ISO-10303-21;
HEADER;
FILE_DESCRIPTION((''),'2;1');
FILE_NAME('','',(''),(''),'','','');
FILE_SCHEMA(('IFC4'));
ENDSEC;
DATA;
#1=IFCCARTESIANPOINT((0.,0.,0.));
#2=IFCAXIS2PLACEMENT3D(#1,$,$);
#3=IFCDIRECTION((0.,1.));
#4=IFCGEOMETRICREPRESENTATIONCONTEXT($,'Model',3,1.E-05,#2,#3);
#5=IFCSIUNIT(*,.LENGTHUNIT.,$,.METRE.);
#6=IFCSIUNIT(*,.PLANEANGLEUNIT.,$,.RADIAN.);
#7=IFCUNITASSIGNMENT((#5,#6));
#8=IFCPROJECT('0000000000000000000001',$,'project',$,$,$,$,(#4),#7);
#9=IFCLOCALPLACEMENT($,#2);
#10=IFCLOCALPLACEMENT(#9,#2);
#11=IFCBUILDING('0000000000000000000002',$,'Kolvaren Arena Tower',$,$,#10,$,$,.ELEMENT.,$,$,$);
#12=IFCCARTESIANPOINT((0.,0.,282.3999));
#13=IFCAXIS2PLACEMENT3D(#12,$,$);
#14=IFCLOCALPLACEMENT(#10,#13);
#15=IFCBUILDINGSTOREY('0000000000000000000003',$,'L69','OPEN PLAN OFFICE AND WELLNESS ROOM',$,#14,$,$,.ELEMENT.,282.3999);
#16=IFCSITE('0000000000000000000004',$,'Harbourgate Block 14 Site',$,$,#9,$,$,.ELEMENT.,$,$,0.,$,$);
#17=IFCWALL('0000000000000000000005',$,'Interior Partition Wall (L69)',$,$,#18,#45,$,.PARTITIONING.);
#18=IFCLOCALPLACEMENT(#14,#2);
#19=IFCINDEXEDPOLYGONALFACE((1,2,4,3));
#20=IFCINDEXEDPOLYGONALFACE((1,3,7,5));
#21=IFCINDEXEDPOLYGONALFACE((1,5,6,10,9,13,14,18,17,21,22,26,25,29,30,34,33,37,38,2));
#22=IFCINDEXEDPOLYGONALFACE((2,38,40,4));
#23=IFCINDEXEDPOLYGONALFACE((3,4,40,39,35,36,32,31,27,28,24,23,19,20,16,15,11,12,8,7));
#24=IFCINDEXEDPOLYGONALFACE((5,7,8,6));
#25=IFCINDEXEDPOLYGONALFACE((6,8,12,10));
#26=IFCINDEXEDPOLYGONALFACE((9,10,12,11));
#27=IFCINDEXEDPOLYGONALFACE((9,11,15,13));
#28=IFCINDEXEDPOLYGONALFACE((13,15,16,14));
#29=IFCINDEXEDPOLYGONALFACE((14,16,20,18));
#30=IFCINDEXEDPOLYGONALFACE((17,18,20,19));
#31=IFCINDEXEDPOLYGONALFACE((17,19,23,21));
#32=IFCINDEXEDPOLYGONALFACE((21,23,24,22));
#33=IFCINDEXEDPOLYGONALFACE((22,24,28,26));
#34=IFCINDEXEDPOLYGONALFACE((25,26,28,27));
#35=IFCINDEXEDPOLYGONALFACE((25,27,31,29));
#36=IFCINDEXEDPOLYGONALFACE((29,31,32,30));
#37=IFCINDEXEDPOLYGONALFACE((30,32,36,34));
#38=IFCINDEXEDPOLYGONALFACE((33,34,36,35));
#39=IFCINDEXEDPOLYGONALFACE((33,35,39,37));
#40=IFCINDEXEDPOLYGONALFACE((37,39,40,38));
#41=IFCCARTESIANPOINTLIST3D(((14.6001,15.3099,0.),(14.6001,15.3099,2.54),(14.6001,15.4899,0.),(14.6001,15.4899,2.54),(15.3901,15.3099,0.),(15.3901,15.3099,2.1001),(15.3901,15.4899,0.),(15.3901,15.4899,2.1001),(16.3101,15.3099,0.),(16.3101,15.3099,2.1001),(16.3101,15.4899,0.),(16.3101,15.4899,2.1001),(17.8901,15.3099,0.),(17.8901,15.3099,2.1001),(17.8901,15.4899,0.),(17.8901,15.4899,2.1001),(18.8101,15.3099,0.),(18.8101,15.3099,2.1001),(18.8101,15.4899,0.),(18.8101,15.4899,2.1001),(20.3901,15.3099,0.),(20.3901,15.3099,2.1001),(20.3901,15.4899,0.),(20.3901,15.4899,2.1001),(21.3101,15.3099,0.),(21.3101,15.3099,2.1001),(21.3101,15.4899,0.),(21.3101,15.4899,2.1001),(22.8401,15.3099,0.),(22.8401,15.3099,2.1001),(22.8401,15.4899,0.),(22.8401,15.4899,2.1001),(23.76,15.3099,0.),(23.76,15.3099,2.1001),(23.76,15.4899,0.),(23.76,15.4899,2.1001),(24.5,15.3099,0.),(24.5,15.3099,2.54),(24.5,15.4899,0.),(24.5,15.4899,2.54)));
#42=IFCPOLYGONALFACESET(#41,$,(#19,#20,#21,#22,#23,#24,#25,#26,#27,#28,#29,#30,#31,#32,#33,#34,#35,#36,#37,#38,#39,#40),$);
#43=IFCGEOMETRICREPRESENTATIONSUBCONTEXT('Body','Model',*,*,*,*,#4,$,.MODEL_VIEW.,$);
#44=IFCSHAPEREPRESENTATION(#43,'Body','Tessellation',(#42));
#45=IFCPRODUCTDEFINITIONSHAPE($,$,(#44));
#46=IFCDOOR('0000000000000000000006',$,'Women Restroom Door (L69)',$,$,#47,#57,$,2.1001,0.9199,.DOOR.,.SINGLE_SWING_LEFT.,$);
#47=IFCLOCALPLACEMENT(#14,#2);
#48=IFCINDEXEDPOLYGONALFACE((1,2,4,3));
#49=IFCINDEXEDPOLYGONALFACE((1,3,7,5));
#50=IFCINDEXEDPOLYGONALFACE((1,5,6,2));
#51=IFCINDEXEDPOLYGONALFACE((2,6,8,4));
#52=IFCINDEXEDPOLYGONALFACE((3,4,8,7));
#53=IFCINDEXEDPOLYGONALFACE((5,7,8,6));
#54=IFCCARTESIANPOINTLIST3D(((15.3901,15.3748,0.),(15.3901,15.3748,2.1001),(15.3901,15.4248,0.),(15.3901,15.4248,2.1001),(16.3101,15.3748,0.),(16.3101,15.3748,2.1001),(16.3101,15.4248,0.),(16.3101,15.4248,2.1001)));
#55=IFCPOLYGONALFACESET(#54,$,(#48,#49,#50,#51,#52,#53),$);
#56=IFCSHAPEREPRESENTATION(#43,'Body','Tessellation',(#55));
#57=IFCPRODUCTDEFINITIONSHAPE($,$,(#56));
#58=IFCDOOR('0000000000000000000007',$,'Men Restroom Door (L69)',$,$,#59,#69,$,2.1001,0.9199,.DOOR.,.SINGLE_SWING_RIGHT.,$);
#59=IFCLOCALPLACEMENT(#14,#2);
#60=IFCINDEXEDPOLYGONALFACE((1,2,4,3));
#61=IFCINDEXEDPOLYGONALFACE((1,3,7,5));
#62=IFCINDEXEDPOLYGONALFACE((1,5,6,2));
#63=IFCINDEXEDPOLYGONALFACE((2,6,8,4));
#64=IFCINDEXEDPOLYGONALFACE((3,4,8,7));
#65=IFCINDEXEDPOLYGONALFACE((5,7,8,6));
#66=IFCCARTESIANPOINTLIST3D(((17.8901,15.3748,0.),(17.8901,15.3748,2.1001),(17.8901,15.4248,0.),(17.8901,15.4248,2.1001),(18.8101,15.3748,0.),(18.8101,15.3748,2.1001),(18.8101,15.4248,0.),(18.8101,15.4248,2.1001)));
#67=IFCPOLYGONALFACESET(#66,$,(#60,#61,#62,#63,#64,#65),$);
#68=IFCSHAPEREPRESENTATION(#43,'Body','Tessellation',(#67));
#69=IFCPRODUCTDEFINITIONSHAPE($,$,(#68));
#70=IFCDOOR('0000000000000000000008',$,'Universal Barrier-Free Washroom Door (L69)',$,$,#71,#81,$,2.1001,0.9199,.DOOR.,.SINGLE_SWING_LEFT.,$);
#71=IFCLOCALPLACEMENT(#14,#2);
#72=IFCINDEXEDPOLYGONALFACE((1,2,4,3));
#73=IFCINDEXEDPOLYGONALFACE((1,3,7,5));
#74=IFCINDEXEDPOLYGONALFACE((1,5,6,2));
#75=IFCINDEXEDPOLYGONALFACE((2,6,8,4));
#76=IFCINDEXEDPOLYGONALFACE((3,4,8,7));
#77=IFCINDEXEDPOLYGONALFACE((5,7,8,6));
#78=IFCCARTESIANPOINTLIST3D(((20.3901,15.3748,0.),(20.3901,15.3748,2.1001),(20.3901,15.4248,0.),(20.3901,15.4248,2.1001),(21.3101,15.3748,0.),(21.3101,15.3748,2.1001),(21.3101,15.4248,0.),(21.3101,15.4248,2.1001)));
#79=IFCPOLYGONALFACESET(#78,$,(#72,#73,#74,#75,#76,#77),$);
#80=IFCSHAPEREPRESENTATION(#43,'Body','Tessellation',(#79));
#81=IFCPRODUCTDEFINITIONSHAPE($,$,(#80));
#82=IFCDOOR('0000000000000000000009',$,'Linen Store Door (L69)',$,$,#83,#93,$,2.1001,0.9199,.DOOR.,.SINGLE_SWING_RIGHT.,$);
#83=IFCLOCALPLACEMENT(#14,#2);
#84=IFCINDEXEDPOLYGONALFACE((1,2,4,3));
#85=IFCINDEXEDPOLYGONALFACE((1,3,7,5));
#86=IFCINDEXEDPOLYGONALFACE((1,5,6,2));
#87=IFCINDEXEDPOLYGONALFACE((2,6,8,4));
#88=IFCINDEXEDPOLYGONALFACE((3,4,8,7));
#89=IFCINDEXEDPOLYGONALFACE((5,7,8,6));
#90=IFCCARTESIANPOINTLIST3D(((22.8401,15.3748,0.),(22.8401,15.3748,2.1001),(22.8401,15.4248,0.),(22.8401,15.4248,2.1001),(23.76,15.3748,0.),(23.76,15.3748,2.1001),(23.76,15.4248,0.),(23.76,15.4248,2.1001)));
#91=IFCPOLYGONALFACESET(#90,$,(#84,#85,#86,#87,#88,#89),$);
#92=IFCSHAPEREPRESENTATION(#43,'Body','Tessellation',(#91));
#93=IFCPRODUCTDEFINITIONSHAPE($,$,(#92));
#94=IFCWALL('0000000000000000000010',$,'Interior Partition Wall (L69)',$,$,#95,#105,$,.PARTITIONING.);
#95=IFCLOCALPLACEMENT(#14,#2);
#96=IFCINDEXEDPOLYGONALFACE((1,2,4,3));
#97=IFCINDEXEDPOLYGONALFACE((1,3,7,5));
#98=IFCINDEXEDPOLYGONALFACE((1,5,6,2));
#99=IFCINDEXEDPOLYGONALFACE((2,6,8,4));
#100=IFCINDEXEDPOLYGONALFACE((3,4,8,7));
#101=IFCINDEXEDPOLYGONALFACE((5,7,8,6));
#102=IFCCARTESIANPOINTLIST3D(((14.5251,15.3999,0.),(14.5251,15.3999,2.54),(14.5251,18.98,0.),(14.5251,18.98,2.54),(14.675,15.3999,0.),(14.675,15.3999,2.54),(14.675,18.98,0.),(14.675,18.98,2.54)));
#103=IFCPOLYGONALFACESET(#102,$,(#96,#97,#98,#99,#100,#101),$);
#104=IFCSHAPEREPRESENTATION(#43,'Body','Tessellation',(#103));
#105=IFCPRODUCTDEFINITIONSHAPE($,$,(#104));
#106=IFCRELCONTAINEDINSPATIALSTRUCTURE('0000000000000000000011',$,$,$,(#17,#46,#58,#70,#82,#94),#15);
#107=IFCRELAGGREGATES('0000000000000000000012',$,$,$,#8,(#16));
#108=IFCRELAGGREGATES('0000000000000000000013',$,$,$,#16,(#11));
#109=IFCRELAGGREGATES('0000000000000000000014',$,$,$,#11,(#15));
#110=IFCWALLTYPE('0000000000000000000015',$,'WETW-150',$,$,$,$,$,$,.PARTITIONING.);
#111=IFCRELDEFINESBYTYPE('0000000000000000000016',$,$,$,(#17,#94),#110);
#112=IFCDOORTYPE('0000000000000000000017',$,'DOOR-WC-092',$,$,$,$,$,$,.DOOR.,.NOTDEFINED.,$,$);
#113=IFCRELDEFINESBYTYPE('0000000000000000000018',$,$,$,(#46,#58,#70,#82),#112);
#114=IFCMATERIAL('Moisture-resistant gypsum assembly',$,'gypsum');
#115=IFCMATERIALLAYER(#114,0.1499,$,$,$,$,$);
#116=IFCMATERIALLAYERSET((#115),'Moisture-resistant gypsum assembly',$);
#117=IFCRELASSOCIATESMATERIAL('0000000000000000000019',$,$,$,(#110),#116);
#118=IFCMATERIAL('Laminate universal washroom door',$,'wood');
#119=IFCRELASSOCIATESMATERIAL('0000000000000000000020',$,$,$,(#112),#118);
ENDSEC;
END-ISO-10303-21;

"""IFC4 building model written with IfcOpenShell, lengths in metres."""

from ifc_helpers import new_model, si_unit, direction, frame, frame_2d, origin, place, context, subcontext, project, spatial, rectangle, extrude, material, layer, layer_set, type_object, element, fill, save


model = new_model("IFC4")

# Units and contexts
model_context = context("Model", 3, precision=1e-05, world=origin(), true_north=direction((0.0, 1.0)))
body_context = subcontext(model_context, "Body", "Model", "MODEL_VIEW")
ifc_project = project(units=[si_unit("LENGTHUNIT", "METRE"), si_unit("PLANEANGLEUNIT", "RADIAN")], contexts=[model_context])

# Site, building, storey
site_placement = place(None, origin())
site = spatial("IfcSite", under=ifc_project, at=site_placement, Name="Harbourgate Block 14 Site", CompositionType="ELEMENT", RefElevation=0.0)
building_placement = place(site_placement, origin())
building = spatial("IfcBuilding", under=site, at=building_placement, Name="Kolvaren Arena Tower", CompositionType="ELEMENT")
storey_placement = place(building_placement, frame((0.0, 0.0, 282.3999)))
storey = spatial("IfcBuildingStorey", under=building, at=storey_placement, Name="L69", Description="OPEN PLAN OFFICE AND WELLNESS ROOM", CompositionType="ELEMENT", Elevation=282.3999)

# Wall, openings, doors
ifc_material_1 = material(Name="Moisture-resistant gypsum assembly", Category="gypsum")
ifc_layer_1 = layer(ifc_material_1, 0.1499)
ifc_layer_set_1 = layer_set([ifc_layer_1], Name="Moisture-resistant gypsum assembly")
wall_type_1 = type_object("IfcWallType", Name="WETW-150", PredefinedType="PARTITIONING", material=ifc_layer_set_1)
wall_1_placement = place(storey_placement, frame((14.6001, 15.3999, 0.0), z_axis=(0.0, 0.0, 1.0), x_axis=(1.0, 0.0, 0.0)))
wall_1 = element("IfcWall", 1, at=wall_1_placement, inside=storey, type_object=wall_type_1, Name="Interior Partition Wall (L69)", PredefinedType="PARTITIONING", context=body_context, shape_type="SweptSolid", body=[
    extrude(rectangle(XDim=9.8999, YDim=0.1799, at=frame_2d((4.95, 0.0))), origin(), (0.0, 0.0, 1.0), 2.54),
])
opening_1_placement = place(wall_1_placement, frame((0.79, 0.0, 0.0)))
opening_1 = element("IfcOpeningElement", 2, at=opening_1_placement, cuts=wall_1, PredefinedType="OPENING", context=body_context, shape_type="SweptSolid", body=[
    extrude(rectangle(XDim=0.9199, YDim=2.1001, at=frame_2d((0.46, 1.05))), frame((0.0, 0.0999, 0.0), z_axis=(0.0, -1.0, 0.0), x_axis=(1.0, 0.0, 0.0)), (0.0, 0.0, 1.0), 0.2),
])
opening_2_placement = place(wall_1_placement, frame((3.29, 0.0, 0.0)))
opening_2 = element("IfcOpeningElement", 3, at=opening_2_placement, cuts=wall_1, PredefinedType="OPENING", context=body_context, shape_type="SweptSolid", body=[
    extrude(rectangle(XDim=0.9199, YDim=2.1001, at=frame_2d((0.46, 1.05))), frame((0.0, 0.0999, 0.0), z_axis=(0.0, -1.0, 0.0), x_axis=(1.0, 0.0, 0.0)), (0.0, 0.0, 1.0), 0.2),
])
opening_3_placement = place(wall_1_placement, frame((5.79, 0.0, 0.0)))
opening_3 = element("IfcOpeningElement", 4, at=opening_3_placement, cuts=wall_1, PredefinedType="OPENING", context=body_context, shape_type="SweptSolid", body=[
    extrude(rectangle(XDim=0.9199, YDim=2.1001, at=frame_2d((0.46, 1.05))), frame((0.0, 0.0999, 0.0), z_axis=(0.0, -1.0, 0.0), x_axis=(1.0, 0.0, 0.0)), (0.0, 0.0, 1.0), 0.2),
])
opening_4_placement = place(wall_1_placement, frame((8.24, 0.0, 0.0)))
opening_4 = element("IfcOpeningElement", 5, at=opening_4_placement, cuts=wall_1, PredefinedType="OPENING", context=body_context, shape_type="SweptSolid", body=[
    extrude(rectangle(XDim=0.9199, YDim=2.1001, at=frame_2d((0.46, 1.05))), frame((0.0, 0.0999, 0.0), z_axis=(0.0, -1.0, 0.0), x_axis=(1.0, 0.0, 0.0)), (0.0, 0.0, 1.0), 0.2),
])
ifc_material_2 = material(Name="Laminate universal washroom door", Category="wood")
door_type_1 = type_object("IfcDoorType", Name="DOOR-WC-092", OperationType="NOTDEFINED", PredefinedType="DOOR", material=ifc_material_2)
door_1_placement = place(opening_1_placement, origin())
door_1 = element("IfcDoor", 6, at=door_1_placement, inside=storey, type_object=door_type_1, Name="Women Restroom Door (L69)", OperationType="SINGLE_SWING_LEFT", OverallHeight=2.1001, OverallWidth=0.9199, PredefinedType="DOOR", context=body_context, shape_type="SweptSolid", body=[
    extrude(rectangle(XDim=0.9199, YDim=2.1001, at=frame_2d((0.46, 1.05))), frame((0.0, 0.0249, 0.0), z_axis=(0.0, -1.0, 0.0), x_axis=(1.0, 0.0, 0.0)), (0.0, 0.0, 1.0), 0.05),
])
fill(opening_1, door_1)
door_2_placement = place(opening_2_placement, origin())
door_2 = element("IfcDoor", 7, at=door_2_placement, inside=storey, type_object=door_type_1, Name="Men Restroom Door (L69)", OperationType="SINGLE_SWING_RIGHT", OverallHeight=2.1001, OverallWidth=0.9199, PredefinedType="DOOR", context=body_context, shape_type="SweptSolid", body=[
    extrude(rectangle(XDim=0.9199, YDim=2.1001, at=frame_2d((0.46, 1.05))), frame((0.0, 0.0249, 0.0), z_axis=(0.0, -1.0, 0.0), x_axis=(1.0, 0.0, 0.0)), (0.0, 0.0, 1.0), 0.05),
])
fill(opening_2, door_2)
door_3_placement = place(opening_3_placement, origin())
door_3 = element("IfcDoor", 8, at=door_3_placement, inside=storey, type_object=door_type_1, Name="Universal Barrier-Free Washroom Door (L69)", OperationType="SINGLE_SWING_LEFT", OverallHeight=2.1001, OverallWidth=0.9199, PredefinedType="DOOR", context=body_context, shape_type="SweptSolid", body=[
    extrude(rectangle(XDim=0.9199, YDim=2.1001, at=frame_2d((0.46, 1.05))), frame((0.0, 0.0249, 0.0), z_axis=(0.0, -1.0, 0.0), x_axis=(1.0, 0.0, 0.0)), (0.0, 0.0, 1.0), 0.05),
])
fill(opening_3, door_3)
door_4_placement = place(opening_4_placement, origin())
door_4 = element("IfcDoor", 9, at=door_4_placement, inside=storey, type_object=door_type_1, Name="Linen Store Door (L69)", OperationType="SINGLE_SWING_RIGHT", OverallHeight=2.1001, OverallWidth=0.9199, PredefinedType="DOOR", context=body_context, shape_type="SweptSolid", body=[
    extrude(rectangle(XDim=0.9199, YDim=2.1001, at=frame_2d((0.46, 1.05))), frame((0.0, 0.0249, 0.0), z_axis=(0.0, -1.0, 0.0), x_axis=(1.0, 0.0, 0.0)), (0.0, 0.0, 1.0), 0.05),
])
fill(opening_4, door_4)

# Wall
wall_2_placement = place(storey_placement, frame((14.6001, 15.3999, 0.0), z_axis=(0.0, 0.0, 1.0), x_axis=(0.0, 1.0, 0.0)))
element("IfcWall", 10, at=wall_2_placement, inside=storey, type_object=wall_type_1, Name="Interior Partition Wall (L69)", PredefinedType="PARTITIONING", context=body_context, shape_type="SweptSolid", body=[
    extrude(rectangle(XDim=3.5801, YDim=0.1499, at=frame_2d((1.79, 0.0))), origin(), (0.0, 0.0, 1.0), 2.54),
])

save(model, "model.ifc")
